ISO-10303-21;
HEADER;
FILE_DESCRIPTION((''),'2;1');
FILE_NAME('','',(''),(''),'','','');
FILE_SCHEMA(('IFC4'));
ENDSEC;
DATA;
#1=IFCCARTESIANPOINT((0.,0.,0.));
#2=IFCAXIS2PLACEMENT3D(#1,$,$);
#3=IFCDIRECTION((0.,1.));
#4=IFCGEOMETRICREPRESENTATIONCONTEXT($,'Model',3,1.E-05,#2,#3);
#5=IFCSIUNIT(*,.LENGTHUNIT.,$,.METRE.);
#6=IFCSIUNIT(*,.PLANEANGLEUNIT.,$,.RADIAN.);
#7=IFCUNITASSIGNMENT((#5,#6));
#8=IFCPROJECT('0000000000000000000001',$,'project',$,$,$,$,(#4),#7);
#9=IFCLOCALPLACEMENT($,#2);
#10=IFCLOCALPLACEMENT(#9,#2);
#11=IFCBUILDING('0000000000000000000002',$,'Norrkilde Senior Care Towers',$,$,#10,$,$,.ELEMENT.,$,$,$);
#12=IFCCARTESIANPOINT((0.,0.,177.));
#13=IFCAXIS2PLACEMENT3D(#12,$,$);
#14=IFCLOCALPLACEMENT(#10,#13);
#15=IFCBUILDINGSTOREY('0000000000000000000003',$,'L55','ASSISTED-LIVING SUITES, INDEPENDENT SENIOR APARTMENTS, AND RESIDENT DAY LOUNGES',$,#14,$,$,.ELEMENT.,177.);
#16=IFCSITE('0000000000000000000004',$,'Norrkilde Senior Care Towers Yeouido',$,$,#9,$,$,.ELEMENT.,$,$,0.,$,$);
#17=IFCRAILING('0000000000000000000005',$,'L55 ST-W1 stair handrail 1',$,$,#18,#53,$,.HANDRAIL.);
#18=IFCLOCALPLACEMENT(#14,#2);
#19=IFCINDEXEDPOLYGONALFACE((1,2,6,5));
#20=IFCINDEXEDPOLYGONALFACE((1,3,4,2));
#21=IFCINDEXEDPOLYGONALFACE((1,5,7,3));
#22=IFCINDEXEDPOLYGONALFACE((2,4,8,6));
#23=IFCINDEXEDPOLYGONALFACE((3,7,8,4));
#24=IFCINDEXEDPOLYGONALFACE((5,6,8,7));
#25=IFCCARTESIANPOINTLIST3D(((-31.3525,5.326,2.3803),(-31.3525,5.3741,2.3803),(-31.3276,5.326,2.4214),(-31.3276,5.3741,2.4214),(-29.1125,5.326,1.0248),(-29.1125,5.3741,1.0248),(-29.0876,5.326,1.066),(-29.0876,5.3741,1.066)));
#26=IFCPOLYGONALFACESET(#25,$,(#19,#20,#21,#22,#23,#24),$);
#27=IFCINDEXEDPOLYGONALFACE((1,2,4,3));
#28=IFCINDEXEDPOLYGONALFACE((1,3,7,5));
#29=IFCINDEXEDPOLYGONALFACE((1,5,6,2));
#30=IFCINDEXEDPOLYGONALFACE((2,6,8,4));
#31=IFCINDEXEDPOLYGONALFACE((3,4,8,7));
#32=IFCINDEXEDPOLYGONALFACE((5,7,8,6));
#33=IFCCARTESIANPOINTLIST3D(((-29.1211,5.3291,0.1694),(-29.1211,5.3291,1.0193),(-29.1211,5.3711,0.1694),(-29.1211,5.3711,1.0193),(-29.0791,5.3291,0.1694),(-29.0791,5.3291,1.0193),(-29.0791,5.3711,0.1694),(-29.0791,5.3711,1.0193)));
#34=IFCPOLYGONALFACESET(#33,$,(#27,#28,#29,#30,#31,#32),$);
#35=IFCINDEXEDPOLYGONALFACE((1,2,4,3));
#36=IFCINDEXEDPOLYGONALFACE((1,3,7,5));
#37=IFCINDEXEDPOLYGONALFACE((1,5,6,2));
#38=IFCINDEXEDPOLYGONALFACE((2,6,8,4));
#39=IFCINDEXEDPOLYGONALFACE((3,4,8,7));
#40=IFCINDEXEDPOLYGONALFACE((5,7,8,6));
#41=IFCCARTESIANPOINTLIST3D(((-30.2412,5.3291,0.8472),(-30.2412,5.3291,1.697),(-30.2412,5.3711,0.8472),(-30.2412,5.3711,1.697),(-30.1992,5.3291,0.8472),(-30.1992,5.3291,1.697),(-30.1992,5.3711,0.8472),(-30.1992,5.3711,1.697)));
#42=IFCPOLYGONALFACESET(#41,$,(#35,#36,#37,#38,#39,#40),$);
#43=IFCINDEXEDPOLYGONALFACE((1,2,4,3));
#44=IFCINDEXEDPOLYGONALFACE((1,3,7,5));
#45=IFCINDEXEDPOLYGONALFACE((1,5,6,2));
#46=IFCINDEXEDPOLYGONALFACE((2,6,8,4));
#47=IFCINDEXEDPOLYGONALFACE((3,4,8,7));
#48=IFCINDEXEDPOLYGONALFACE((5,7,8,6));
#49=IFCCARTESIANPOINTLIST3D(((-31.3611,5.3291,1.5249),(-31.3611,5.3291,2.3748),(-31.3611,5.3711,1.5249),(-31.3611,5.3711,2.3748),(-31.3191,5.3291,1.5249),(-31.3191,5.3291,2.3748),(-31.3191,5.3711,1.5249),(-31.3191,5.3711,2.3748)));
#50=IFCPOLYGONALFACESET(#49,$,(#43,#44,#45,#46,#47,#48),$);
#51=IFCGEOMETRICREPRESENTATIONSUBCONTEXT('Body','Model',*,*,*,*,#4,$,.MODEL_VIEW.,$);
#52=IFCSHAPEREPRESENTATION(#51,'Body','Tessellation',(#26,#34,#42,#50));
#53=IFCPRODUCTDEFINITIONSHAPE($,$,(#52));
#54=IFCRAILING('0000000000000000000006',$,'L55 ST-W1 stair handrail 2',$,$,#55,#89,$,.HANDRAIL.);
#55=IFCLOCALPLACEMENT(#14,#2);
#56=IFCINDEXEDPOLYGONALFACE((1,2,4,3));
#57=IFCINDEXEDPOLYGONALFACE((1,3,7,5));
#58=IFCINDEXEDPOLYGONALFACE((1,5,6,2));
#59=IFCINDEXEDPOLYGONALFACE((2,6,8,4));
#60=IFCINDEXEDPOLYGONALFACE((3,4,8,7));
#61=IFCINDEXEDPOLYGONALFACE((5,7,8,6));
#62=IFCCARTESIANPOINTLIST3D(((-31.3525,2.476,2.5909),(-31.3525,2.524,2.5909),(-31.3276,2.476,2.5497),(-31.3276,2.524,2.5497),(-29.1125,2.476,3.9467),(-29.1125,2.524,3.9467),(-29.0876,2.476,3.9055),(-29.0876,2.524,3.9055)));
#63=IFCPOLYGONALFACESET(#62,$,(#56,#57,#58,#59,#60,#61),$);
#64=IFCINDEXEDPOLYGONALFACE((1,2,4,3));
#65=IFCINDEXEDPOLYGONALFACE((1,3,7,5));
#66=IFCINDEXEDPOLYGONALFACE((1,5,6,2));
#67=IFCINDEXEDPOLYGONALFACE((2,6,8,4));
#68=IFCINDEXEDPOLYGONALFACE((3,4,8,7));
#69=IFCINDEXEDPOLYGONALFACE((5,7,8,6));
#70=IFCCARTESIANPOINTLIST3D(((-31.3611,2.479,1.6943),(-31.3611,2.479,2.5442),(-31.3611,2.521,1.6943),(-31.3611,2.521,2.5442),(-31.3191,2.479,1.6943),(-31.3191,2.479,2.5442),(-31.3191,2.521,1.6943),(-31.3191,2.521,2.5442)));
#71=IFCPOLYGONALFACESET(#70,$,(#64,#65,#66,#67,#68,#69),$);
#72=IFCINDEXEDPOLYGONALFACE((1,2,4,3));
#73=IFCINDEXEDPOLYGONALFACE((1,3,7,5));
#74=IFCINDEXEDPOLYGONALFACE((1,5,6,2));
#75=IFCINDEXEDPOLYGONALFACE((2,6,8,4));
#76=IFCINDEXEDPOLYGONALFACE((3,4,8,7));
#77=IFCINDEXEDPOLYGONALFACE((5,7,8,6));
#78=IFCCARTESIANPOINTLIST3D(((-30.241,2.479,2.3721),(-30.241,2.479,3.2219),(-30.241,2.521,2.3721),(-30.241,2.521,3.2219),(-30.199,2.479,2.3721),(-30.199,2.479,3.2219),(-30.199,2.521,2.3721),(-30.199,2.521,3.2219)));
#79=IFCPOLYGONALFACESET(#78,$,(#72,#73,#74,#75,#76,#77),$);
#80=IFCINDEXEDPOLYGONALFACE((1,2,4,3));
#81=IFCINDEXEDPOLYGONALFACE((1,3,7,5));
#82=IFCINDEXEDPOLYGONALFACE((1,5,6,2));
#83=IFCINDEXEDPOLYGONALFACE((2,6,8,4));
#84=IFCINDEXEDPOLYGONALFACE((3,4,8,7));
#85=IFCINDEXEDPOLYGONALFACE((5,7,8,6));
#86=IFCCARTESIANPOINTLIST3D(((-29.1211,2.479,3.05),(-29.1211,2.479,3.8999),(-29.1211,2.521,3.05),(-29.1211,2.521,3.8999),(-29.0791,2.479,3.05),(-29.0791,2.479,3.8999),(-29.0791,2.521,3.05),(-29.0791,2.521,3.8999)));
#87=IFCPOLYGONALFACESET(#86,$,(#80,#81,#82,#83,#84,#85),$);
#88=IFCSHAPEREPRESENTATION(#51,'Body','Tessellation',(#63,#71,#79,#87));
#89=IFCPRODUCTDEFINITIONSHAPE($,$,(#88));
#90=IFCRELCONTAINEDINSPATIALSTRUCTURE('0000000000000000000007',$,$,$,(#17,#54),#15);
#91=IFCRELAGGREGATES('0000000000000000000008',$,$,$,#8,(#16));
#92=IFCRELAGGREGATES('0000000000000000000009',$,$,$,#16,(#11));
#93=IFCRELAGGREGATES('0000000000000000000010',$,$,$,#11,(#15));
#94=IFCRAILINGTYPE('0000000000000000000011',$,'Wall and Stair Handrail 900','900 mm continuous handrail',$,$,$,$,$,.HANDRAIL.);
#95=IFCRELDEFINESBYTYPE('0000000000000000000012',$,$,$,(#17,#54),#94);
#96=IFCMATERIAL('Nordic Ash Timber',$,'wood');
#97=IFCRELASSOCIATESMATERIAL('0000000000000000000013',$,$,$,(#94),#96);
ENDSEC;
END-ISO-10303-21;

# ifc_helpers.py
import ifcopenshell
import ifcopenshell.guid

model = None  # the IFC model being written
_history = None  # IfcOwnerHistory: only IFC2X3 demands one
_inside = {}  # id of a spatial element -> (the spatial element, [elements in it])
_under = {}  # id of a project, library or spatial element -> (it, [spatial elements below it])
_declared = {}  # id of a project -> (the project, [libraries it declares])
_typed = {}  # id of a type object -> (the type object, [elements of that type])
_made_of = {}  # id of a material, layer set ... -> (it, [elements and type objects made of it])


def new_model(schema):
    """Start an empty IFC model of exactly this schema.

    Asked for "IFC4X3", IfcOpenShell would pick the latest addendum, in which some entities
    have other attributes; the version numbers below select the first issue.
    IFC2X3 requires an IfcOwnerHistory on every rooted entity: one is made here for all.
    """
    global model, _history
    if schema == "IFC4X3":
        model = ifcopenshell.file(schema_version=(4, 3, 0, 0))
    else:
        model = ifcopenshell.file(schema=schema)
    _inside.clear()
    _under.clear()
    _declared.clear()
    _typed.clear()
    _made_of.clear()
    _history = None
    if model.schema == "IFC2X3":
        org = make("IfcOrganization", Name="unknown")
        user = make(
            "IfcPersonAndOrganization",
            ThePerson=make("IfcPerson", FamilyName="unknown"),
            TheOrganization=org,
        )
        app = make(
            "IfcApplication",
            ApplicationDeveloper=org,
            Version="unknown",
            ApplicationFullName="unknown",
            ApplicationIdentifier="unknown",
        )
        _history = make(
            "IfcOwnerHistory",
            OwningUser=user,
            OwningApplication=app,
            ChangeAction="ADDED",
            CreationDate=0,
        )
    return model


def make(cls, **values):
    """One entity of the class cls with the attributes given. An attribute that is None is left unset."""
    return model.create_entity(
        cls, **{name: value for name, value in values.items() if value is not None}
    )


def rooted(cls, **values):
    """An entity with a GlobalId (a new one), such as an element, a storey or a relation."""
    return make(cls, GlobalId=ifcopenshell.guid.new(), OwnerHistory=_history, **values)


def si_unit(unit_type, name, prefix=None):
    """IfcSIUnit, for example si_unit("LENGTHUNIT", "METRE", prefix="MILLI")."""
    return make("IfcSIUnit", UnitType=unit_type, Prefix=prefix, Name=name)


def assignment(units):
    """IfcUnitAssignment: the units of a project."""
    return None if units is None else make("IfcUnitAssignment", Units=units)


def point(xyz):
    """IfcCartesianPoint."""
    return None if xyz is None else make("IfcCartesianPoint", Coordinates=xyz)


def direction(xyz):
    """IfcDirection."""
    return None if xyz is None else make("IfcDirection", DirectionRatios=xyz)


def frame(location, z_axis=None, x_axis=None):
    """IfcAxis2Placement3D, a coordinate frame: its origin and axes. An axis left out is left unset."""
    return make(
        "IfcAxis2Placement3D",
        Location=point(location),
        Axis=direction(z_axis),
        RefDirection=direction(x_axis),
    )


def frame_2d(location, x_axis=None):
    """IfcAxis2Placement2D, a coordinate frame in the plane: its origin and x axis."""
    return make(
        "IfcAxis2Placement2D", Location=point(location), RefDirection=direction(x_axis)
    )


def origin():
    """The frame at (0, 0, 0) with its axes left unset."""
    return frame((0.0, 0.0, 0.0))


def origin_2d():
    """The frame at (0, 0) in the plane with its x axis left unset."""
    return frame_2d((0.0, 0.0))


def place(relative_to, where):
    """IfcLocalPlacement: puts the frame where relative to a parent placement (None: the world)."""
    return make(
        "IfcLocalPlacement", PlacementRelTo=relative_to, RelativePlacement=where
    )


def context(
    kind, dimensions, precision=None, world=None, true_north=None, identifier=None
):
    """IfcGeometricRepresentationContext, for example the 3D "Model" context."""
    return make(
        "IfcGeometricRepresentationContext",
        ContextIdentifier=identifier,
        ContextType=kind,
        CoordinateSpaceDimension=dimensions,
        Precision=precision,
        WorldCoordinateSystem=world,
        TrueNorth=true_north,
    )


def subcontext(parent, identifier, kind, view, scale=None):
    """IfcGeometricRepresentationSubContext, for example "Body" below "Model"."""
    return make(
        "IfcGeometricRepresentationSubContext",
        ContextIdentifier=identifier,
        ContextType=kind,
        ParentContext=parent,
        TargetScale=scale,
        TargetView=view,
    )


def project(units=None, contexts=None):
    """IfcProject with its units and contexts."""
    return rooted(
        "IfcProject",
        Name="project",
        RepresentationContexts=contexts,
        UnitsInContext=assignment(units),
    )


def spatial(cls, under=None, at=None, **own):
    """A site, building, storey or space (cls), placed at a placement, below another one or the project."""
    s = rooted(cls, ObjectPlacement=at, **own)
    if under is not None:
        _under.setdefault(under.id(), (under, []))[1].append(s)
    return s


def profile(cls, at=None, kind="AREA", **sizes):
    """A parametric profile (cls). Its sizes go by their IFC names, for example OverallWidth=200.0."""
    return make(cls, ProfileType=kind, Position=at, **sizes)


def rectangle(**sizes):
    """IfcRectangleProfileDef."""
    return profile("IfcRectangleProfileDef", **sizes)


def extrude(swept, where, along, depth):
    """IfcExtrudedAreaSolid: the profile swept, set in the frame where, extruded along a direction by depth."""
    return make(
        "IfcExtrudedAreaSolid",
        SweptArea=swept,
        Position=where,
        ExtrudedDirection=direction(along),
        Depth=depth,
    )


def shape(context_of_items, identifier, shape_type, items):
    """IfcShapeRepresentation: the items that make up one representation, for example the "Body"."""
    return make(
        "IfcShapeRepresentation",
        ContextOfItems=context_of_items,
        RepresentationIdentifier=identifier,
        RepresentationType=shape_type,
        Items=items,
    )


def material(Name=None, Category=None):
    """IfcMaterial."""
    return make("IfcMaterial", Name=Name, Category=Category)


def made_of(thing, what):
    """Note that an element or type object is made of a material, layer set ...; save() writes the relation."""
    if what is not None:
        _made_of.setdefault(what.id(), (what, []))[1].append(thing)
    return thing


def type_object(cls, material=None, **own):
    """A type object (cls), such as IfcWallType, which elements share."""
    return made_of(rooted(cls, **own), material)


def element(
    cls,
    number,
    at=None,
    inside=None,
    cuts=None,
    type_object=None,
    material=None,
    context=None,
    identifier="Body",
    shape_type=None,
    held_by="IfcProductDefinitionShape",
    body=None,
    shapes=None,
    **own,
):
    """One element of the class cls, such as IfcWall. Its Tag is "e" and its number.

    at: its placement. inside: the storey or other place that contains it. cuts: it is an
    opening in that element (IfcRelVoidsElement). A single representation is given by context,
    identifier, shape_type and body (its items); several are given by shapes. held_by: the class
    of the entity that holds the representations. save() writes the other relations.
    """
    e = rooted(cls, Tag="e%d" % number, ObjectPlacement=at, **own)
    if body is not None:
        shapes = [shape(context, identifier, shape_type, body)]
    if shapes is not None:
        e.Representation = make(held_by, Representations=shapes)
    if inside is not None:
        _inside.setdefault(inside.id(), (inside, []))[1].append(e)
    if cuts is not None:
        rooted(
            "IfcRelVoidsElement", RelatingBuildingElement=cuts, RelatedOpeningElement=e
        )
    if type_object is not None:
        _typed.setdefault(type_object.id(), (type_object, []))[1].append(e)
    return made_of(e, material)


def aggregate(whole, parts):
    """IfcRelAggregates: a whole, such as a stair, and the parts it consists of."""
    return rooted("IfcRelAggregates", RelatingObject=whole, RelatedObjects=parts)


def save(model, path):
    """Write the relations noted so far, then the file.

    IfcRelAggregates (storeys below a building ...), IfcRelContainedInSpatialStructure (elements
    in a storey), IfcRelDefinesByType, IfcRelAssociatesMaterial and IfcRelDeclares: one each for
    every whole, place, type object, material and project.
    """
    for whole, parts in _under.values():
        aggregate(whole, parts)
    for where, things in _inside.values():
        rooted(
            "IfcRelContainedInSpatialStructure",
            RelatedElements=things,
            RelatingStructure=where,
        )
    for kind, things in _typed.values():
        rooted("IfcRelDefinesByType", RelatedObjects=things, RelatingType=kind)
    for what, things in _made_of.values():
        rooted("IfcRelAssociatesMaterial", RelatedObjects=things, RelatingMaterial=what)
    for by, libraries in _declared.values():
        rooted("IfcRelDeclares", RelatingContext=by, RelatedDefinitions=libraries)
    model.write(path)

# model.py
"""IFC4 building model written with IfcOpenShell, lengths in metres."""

from ifc_helpers import new_model, si_unit, direction, frame, origin, origin_2d, place, context, subcontext, project, spatial, rectangle, extrude, material, type_object, element, save


model = new_model("IFC4")

# Units and contexts
model_context = context("Model", 3, precision=1e-05, world=origin(), true_north=direction((0.0, 1.0)))
body_context = subcontext(model_context, "Body", "Model", "MODEL_VIEW")
ifc_project = project(units=[si_unit("LENGTHUNIT", "METRE"), si_unit("PLANEANGLEUNIT", "RADIAN")], contexts=[model_context])

# Site, building, storey
site_placement = place(None, origin())
site = spatial("IfcSite", under=ifc_project, at=site_placement, Name="Norrkilde Senior Care Towers Yeouido", CompositionType="ELEMENT", RefElevation=0.0)
building_placement = place(site_placement, origin())
building = spatial("IfcBuilding", under=site, at=building_placement, Name="Norrkilde Senior Care Towers", CompositionType="ELEMENT")
storey_placement = place(building_placement, frame((0.0, 0.0, 177.0)))
storey = spatial("IfcBuildingStorey", under=building, at=storey_placement, Name="L55", Description="ASSISTED-LIVING SUITES, INDEPENDENT SENIOR APARTMENTS, AND RESIDENT DAY LOUNGES", CompositionType="ELEMENT", Elevation=177.0)

# Shared definitions
ifc_material_1 = material(Name="Nordic Ash Timber", Category="wood")

# Railings
railing_type_1 = type_object("IfcRailingType", Name="Wall and Stair Handrail 900", Description="900 mm continuous handrail", PredefinedType="HANDRAIL", material=ifc_material_1)
railing_1_placement = place(storey_placement, frame((-29.1001, 5.3501, 0.1694)))
element("IfcRailing", 1, at=railing_1_placement, inside=storey, type_object=railing_type_1, Name="L55 ST-W1 stair handrail 1", PredefinedType="HANDRAIL", context=body_context, shape_type="SweptSolid", body=[
    extrude(rectangle(XDim=0.0481, YDim=0.0481, at=origin_2d()), frame((0.0, 0.0, 0.876), z_axis=(-0.855553, 0.0, 0.517715), x_axis=(0.0, -1.0, 0.0)), (0.0, 0.0, 1.0), 2.6182),
    extrude(rectangle(XDim=0.042, YDim=0.042, at=origin_2d()), origin(), (0.0, 0.0, 1.0), 0.8499),
    extrude(rectangle(XDim=0.042, YDim=0.042, at=origin_2d()), frame((-1.1201, 0.0, 0.6777)), (0.0, 0.0, 1.0), 0.8499),
    extrude(rectangle(XDim=0.042, YDim=0.042, at=origin_2d()), frame((-2.24, 0.0, 1.3555)), (0.0, 0.0, 1.0), 0.8499),
])
railing_2_placement = place(storey_placement, frame((-31.3401, 2.5, 1.6943)))
element("IfcRailing", 2, at=railing_2_placement, inside=storey, type_object=railing_type_1, Name="L55 ST-W1 stair handrail 2", PredefinedType="HANDRAIL", context=body_context, shape_type="SweptSolid", body=[
    extrude(rectangle(XDim=0.0481, YDim=0.0481, at=origin_2d()), frame((0.0, 0.0, 0.876), z_axis=(0.855512, 0.0, 0.517783), x_axis=(0.0, 1.0, 0.0)), (0.0, 0.0, 1.0), 2.6184),
    extrude(rectangle(XDim=0.042, YDim=0.042, at=origin_2d()), origin(), (0.0, 0.0, 1.0), 0.8499),
    extrude(rectangle(XDim=0.042, YDim=0.042, at=origin_2d()), frame((1.1201, 0.0, 0.6777)), (0.0, 0.0, 1.0), 0.8499),
    extrude(rectangle(XDim=0.042, YDim=0.042, at=origin_2d()), frame((2.24, 0.0, 1.3557)), (0.0, 0.0, 1.0), 0.8499),
])

save(model, "model.ifc")
